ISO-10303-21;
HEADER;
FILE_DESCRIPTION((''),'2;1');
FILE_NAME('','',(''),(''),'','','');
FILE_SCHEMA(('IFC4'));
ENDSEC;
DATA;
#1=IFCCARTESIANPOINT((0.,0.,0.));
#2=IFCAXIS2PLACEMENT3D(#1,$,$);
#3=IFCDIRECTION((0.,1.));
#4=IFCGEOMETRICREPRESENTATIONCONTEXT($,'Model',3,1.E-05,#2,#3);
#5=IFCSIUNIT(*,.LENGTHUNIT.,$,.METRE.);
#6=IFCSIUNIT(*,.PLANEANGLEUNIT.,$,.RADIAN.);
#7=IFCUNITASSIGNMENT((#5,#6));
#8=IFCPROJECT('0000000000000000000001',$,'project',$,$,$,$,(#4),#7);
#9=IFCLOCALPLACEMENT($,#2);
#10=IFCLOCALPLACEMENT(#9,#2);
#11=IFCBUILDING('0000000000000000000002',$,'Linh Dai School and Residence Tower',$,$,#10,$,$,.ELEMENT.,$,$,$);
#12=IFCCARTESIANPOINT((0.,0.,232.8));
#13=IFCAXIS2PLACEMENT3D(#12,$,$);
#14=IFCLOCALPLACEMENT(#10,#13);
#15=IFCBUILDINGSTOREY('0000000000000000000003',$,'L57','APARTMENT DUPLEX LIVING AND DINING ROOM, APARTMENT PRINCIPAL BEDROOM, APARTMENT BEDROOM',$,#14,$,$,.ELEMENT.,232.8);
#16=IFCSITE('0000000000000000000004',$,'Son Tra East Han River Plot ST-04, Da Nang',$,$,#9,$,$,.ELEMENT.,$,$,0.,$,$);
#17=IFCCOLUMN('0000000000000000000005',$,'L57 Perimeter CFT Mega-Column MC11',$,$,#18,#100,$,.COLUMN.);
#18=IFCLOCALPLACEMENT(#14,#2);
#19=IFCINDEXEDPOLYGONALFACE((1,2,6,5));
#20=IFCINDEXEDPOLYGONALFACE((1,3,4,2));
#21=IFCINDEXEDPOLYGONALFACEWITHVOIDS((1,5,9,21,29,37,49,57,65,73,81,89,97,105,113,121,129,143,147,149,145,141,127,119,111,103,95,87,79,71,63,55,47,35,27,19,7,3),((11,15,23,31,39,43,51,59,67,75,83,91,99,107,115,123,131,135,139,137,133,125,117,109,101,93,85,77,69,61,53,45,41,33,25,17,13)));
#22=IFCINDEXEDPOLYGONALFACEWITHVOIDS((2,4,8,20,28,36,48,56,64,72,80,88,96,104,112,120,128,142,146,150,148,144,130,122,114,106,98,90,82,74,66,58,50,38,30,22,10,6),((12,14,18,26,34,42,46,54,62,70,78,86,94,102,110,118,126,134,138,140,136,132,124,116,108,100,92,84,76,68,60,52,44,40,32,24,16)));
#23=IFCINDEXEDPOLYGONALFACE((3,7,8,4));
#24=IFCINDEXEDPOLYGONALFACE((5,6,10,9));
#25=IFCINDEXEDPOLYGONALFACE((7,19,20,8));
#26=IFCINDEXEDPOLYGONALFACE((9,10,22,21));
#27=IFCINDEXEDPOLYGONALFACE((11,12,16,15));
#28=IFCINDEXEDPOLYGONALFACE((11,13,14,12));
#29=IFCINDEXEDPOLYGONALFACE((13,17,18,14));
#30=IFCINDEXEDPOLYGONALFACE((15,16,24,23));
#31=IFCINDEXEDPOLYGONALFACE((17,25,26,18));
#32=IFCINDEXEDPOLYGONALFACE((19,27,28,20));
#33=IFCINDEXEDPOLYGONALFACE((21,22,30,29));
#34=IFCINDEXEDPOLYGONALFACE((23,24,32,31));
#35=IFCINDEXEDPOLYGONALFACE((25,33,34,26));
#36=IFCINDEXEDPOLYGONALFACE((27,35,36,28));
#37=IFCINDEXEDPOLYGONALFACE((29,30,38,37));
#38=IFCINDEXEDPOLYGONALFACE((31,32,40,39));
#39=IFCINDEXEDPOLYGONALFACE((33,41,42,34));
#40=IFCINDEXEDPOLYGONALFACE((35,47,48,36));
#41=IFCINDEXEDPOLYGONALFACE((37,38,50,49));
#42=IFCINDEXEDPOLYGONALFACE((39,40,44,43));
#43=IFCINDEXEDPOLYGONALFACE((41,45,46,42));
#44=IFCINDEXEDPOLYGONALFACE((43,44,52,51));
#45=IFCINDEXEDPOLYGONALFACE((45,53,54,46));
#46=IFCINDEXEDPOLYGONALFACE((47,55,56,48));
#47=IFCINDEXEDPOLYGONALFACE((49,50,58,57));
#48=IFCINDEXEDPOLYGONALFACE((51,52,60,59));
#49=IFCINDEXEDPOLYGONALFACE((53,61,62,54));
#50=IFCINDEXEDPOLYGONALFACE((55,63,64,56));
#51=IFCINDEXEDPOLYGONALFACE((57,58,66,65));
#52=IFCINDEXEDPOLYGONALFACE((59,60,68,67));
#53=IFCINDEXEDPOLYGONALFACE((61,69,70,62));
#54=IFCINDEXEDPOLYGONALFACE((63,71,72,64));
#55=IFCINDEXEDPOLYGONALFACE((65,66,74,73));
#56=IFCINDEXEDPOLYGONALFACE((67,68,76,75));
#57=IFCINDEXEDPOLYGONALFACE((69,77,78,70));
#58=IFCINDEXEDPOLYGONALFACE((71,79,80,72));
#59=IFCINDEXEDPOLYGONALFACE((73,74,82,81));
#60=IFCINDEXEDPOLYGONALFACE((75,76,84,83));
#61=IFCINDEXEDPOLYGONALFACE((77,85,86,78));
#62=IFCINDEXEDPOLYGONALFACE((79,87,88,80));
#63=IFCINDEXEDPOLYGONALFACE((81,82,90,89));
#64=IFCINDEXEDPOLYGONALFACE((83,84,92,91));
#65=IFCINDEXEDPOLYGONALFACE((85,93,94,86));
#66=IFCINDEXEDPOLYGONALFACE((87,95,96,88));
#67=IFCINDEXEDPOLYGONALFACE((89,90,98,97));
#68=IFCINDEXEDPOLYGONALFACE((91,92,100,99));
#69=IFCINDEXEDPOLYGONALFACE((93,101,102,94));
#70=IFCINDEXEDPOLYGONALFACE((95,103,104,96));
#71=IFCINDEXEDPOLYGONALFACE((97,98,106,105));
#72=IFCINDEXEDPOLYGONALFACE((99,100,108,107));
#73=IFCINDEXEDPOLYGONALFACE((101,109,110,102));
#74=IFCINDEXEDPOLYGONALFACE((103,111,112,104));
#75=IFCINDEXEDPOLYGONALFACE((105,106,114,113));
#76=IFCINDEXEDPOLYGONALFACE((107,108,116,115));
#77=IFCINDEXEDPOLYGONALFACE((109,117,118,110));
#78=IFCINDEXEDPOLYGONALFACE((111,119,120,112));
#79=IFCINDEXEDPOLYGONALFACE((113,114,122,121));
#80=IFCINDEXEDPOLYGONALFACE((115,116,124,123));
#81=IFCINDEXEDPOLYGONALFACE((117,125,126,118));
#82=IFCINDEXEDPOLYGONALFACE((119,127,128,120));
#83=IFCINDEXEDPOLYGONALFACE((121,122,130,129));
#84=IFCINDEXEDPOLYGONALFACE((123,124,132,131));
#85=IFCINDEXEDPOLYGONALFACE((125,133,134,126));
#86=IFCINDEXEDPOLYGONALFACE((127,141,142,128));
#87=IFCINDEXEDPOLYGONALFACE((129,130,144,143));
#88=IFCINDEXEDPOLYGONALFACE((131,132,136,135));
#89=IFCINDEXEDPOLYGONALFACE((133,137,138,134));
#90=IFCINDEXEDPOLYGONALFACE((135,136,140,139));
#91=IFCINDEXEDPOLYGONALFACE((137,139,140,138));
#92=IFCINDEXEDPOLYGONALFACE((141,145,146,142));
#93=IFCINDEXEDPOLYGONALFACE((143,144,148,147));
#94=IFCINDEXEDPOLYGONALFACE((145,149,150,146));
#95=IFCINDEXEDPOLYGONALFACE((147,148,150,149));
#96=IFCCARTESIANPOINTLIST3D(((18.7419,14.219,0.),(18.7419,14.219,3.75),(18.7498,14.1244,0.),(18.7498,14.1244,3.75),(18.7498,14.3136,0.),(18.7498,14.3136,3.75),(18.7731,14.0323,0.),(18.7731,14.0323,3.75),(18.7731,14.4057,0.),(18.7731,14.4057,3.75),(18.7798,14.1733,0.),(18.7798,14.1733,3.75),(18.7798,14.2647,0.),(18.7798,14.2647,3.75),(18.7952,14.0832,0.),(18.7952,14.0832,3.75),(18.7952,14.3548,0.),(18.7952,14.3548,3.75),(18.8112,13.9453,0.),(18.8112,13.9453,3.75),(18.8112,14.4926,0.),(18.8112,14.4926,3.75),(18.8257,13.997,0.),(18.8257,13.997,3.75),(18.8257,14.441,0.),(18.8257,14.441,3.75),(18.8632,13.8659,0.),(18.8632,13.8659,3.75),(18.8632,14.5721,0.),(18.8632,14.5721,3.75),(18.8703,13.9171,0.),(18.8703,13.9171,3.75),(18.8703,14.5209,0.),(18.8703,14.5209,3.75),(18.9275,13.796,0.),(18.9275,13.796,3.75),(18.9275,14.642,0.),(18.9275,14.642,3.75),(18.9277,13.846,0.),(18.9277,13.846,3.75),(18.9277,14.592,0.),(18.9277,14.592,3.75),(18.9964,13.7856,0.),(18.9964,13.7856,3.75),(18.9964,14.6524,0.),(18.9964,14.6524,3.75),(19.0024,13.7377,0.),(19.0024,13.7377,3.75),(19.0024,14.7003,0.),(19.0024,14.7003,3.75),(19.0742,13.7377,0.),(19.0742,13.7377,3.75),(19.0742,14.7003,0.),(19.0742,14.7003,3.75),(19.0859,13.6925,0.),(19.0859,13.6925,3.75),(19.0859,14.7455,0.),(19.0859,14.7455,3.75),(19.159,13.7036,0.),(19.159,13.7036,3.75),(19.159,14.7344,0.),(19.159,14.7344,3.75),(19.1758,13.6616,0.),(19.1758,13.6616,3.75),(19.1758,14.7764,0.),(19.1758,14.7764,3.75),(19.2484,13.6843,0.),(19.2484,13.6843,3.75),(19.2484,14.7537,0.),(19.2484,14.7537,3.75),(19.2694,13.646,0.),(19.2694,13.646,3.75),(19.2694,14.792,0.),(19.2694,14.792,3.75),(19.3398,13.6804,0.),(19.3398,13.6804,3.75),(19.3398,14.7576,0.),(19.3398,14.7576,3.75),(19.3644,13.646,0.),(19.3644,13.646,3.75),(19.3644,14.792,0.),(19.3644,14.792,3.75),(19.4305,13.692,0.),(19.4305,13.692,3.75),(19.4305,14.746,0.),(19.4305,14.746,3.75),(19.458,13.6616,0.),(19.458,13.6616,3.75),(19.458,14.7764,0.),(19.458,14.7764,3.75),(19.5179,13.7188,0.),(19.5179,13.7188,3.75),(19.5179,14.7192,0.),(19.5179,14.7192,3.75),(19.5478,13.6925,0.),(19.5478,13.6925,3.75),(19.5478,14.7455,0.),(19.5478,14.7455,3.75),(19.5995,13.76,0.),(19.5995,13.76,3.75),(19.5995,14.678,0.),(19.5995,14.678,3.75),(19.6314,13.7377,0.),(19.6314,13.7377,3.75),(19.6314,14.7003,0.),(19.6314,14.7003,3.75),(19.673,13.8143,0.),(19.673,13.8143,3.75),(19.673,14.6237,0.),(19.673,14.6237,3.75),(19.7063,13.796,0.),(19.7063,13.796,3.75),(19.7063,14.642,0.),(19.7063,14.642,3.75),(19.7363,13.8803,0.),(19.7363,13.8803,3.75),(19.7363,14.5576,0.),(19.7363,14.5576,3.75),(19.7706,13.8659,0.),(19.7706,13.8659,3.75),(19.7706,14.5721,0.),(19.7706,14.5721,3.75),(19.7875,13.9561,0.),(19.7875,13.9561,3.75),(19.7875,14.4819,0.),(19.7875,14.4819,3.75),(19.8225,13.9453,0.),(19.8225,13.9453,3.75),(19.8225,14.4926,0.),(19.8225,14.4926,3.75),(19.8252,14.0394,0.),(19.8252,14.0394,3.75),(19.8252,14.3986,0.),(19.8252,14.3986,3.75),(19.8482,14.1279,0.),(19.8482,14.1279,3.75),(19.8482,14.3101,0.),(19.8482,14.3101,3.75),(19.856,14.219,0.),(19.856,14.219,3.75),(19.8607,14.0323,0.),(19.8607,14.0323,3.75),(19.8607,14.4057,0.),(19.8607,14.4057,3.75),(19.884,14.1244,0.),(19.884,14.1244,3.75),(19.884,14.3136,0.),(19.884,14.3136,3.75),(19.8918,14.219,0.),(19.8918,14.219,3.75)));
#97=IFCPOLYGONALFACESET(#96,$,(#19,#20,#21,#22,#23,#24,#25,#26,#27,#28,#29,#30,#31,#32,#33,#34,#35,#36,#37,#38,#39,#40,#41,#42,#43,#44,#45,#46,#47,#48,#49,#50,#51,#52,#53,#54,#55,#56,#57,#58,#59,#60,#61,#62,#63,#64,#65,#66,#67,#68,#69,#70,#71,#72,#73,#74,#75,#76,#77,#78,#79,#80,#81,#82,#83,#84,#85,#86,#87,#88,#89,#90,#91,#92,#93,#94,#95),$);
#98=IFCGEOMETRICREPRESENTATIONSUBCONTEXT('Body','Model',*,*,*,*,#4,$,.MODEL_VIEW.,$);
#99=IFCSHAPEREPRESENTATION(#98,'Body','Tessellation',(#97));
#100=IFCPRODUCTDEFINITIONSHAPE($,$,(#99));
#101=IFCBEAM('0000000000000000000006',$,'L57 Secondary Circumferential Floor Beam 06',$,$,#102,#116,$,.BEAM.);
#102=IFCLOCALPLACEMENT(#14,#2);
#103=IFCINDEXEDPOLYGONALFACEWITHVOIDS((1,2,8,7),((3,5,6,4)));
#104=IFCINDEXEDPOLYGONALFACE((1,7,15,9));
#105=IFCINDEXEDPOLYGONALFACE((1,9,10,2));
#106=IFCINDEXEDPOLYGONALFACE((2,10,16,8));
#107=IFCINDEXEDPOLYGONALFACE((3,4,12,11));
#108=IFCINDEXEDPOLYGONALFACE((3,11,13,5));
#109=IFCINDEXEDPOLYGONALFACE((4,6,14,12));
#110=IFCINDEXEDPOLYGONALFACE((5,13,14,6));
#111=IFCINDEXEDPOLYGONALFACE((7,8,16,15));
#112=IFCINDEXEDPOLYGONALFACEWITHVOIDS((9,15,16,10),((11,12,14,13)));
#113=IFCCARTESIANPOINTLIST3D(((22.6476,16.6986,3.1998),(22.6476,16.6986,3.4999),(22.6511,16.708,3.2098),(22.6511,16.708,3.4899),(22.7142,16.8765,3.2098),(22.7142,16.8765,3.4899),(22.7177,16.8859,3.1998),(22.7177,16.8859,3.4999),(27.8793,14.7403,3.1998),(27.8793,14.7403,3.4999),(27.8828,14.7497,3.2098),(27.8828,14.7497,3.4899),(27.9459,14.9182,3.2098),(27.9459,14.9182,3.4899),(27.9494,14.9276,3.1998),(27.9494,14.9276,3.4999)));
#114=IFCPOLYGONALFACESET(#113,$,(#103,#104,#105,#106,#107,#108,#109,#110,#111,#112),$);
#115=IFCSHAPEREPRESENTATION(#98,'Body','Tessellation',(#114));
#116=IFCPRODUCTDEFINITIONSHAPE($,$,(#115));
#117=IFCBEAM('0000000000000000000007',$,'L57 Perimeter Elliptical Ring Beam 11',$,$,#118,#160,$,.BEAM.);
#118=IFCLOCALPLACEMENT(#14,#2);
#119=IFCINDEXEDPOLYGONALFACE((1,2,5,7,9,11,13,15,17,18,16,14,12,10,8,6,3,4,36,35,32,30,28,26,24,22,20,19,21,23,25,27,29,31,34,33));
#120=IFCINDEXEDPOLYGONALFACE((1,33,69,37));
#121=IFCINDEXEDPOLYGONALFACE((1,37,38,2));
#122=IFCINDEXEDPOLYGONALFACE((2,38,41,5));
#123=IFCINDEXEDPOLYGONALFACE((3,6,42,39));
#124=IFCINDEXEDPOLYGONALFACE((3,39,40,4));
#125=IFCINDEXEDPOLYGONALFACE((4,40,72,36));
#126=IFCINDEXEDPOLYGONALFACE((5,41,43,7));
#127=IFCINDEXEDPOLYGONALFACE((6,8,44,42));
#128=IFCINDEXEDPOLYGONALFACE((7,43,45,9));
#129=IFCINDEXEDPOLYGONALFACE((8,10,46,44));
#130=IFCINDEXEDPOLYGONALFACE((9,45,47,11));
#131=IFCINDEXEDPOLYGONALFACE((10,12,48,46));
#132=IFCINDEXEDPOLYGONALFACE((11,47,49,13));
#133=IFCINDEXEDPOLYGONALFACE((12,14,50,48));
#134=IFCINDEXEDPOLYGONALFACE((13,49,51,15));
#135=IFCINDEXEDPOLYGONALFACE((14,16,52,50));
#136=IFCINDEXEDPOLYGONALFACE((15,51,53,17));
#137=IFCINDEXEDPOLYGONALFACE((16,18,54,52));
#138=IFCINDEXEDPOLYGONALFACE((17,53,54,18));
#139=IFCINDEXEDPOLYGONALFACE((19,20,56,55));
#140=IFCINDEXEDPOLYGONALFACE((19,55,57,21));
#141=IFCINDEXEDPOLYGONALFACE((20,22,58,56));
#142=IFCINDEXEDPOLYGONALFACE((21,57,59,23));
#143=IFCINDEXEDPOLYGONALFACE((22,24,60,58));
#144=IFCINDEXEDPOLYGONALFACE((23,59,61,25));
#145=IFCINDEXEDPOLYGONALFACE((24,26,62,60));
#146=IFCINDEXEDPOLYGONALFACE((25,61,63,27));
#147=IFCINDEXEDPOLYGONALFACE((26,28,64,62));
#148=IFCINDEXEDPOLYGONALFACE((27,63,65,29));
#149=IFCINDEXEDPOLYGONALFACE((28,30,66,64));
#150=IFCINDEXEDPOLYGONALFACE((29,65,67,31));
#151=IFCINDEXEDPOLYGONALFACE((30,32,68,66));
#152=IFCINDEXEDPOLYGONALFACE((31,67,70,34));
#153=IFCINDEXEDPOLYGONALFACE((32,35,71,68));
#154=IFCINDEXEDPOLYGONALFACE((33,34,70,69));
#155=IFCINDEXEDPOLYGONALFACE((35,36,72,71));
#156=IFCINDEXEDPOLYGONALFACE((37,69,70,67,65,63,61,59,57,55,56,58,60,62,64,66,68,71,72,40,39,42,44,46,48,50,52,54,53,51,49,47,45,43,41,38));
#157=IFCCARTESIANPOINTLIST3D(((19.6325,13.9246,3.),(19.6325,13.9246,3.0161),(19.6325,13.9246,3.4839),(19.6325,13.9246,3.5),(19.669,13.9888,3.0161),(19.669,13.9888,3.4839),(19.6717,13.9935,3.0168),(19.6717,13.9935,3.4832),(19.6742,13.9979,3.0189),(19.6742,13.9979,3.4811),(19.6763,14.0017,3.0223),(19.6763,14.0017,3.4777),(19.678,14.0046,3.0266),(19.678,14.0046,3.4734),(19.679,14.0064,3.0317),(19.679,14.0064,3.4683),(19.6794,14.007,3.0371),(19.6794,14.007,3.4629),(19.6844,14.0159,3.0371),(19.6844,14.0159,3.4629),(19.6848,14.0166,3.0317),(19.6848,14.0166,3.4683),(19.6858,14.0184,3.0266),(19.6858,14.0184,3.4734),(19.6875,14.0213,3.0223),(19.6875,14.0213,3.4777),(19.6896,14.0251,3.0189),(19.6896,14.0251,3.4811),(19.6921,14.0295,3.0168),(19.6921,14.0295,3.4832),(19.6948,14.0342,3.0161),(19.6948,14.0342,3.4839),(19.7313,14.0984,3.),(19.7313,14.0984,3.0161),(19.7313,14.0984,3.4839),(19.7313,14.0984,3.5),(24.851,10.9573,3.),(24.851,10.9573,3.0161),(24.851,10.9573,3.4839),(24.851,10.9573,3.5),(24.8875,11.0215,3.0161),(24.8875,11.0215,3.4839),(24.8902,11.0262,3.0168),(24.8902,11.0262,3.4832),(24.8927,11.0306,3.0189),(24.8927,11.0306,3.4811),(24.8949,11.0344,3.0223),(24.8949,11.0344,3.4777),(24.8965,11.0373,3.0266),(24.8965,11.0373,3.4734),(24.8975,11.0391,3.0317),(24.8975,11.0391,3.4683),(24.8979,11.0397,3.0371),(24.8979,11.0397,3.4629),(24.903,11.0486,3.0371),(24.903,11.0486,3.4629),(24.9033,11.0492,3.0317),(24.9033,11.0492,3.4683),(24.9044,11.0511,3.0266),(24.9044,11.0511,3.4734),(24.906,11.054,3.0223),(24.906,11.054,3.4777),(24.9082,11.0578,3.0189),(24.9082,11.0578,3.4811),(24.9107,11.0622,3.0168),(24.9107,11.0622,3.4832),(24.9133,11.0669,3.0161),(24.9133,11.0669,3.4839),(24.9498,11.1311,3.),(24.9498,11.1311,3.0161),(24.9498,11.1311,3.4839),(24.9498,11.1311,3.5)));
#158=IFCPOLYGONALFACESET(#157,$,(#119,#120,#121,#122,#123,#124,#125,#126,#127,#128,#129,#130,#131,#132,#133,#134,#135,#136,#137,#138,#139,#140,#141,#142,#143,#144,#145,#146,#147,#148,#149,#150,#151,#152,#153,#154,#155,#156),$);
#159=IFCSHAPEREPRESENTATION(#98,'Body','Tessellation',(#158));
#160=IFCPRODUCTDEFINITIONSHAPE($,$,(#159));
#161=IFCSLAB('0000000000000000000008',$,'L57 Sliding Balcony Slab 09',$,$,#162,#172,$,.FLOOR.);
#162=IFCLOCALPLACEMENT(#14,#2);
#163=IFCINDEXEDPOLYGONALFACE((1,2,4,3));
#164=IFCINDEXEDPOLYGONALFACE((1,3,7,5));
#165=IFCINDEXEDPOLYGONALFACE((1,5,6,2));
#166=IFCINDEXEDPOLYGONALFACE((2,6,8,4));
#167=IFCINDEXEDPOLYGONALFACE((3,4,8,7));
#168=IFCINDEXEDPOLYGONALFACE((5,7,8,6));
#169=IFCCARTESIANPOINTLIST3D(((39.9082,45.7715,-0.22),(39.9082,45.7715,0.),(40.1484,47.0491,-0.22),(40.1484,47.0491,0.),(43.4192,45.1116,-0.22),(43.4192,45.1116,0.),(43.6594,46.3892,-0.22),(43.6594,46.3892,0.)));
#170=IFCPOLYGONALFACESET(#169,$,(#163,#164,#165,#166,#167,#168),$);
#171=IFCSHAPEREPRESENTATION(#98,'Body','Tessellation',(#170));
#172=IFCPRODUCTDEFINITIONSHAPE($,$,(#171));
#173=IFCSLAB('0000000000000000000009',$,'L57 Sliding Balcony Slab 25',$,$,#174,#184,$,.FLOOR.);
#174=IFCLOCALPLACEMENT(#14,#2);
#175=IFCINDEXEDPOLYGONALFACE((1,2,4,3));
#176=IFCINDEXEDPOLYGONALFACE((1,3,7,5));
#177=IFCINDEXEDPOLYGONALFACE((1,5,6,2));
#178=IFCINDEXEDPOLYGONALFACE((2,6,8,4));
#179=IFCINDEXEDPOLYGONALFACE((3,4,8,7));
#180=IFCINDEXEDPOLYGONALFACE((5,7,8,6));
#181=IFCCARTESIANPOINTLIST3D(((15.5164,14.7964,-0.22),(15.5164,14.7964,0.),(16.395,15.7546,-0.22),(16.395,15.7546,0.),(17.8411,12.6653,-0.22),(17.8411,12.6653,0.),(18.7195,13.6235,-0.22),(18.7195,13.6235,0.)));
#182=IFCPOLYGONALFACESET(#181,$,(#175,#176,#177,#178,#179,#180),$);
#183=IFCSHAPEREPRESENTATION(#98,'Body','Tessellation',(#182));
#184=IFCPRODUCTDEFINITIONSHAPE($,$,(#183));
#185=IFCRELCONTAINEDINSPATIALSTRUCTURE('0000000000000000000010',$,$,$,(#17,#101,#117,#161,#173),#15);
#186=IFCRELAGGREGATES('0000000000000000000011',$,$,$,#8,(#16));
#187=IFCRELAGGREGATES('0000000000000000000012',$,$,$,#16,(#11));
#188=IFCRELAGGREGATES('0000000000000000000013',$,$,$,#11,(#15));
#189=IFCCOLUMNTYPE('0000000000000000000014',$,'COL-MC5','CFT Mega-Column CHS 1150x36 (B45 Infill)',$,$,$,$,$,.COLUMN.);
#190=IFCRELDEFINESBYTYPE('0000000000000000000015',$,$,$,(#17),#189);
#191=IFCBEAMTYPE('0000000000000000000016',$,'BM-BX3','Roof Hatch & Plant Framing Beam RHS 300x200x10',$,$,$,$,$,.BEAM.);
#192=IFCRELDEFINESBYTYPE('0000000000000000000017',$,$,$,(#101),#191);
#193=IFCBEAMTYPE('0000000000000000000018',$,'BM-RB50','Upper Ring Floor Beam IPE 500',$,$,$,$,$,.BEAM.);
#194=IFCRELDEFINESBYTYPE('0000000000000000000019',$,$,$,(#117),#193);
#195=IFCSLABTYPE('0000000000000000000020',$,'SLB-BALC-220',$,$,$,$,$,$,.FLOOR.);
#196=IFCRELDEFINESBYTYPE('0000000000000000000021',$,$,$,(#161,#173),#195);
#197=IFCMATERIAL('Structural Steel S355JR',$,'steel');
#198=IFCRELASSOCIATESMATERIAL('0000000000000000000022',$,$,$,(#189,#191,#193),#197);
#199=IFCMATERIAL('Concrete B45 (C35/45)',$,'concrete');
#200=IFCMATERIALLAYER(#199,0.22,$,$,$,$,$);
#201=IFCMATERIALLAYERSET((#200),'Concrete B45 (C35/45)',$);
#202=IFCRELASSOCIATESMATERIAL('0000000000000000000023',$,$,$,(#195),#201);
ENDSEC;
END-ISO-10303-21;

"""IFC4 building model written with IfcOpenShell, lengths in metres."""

from ifc_helpers import new_model, si_unit, direction, frame, origin, origin_2d, place, context, subcontext, project, spatial, polyline, hollow_rectangle, hollow_circle, i_section, outline, extrude, material, layer, layer_set, material_profile, profile_set, type_object, element, save


model = new_model("IFC4")

# Units and contexts
model_context = context("Model", 3, precision=1e-05, world=origin(), true_north=direction((0.0, 1.0)))
body_context = subcontext(model_context, "Body", "Model", "MODEL_VIEW")
ifc_project = project(units=[si_unit("LENGTHUNIT", "METRE"), si_unit("PLANEANGLEUNIT", "RADIAN")], contexts=[model_context])

# Site, building, storey
site_placement = place(None, origin())
site = spatial("IfcSite", under=ifc_project, at=site_placement, Name="Son Tra East Han River Plot ST-04, Da Nang", CompositionType="ELEMENT", RefElevation=0.0)
building_placement = place(site_placement, origin())
building = spatial("IfcBuilding", under=site, at=building_placement, Name="Linh Dai School and Residence Tower", CompositionType="ELEMENT")
storey_placement = place(building_placement, frame((0.0, 0.0, 232.8)))
storey = spatial("IfcBuildingStorey", under=building, at=storey_placement, Name="L57", Description="APARTMENT DUPLEX LIVING AND DINING ROOM, APARTMENT PRINCIPAL BEDROOM, APARTMENT BEDROOM", CompositionType="ELEMENT", Elevation=232.8)

# Column
ifc_material_1 = material(Name="Structural Steel S355JR", Category="steel")
ifc_material_profile_1 = material_profile(ifc_material_1, hollow_circle(Radius=0.575, WallThickness=0.0359, at=origin_2d()), Name="CHS 1150x36")
ifc_profile_set_1 = profile_set([ifc_material_profile_1], Name="Structural Steel S355JR")
column_type = type_object("IfcColumnType", Name="COL-MC5", Description="CFT Mega-Column CHS 1150x36 (B45 Infill)", PredefinedType="COLUMN", material=ifc_profile_set_1)
column_placement = place(storey_placement, frame((19.3169, 14.219, 0.0), z_axis=(0.0, 0.0, 1.0), x_axis=(1.0, 0.0, 0.0)))
element("IfcColumn", 1, at=column_placement, inside=storey, type_object=column_type, Name="L57 Perimeter CFT Mega-Column MC11", PredefinedType="COLUMN", context=body_context, shape_type="SweptSolid", body=[
    extrude(hollow_circle(Radius=0.575, WallThickness=0.0359, at=origin_2d()), origin(), (0.0, 0.0, 1.0), 3.75),
])

# Beams
ifc_material_profile_2 = material_profile(ifc_material_1, hollow_rectangle(XDim=0.2, YDim=0.3, WallThickness=0.01, at=origin_2d()), Name="RHS 300x200x10")
ifc_profile_set_2 = profile_set([ifc_material_profile_2], Name="Structural Steel S355JR")
beam_type_1 = type_object("IfcBeamType", Name="BM-BX3", Description="Roof Hatch & Plant Framing Beam RHS 300x200x10", PredefinedType="BEAM", material=ifc_profile_set_2)
beam_1_placement = place(storey_placement, frame((22.6826, 16.7922, 3.3499), z_axis=(0.936543, -0.350553, 0.0), x_axis=(0.350553, 0.936543, 0.0)))
element("IfcBeam", 2, at=beam_1_placement, inside=storey, type_object=beam_type_1, Name="L57 Secondary Circumferential Floor Beam 06", PredefinedType="BEAM", context=body_context, shape_type="SweptSolid", body=[
    extrude(hollow_rectangle(XDim=0.2, YDim=0.3, WallThickness=0.01, at=origin_2d()), origin(), (0.0, 0.0, 1.0), 5.5862),
])
ifc_material_profile_3 = material_profile(ifc_material_1, i_section(OverallWidth=0.2, OverallDepth=0.5, WebThickness=0.0103, FlangeThickness=0.0161, FilletRadius=0.021, at=origin_2d()), Name="IPE 500")
ifc_profile_set_3 = profile_set([ifc_material_profile_3], Name="Structural Steel S355JR")
beam_type_2 = type_object("IfcBeamType", Name="BM-RB50", Description="Upper Ring Floor Beam IPE 500", PredefinedType="BEAM", material=ifc_profile_set_3)
beam_2_placement = place(storey_placement, frame((19.6819, 14.0115, 3.25), z_axis=(0.869297, -0.49429, 0.0), x_axis=(0.49429, 0.869297, 0.0)))
element("IfcBeam", 3, at=beam_2_placement, inside=storey, type_object=beam_type_2, Name="L57 Perimeter Elliptical Ring Beam 11", PredefinedType="BEAM", context=body_context, shape_type="SweptSolid", body=[
    extrude(i_section(OverallWidth=0.2, OverallDepth=0.5, WebThickness=0.0103, FlangeThickness=0.0161, FilletRadius=0.021, at=origin_2d()), origin(), (0.0, 0.0, 1.0), 6.0032),
])

# Slabs
ifc_material_2 = material(Name="Concrete B45 (C35/45)", Category="concrete")
ifc_layer_1 = layer(ifc_material_2, 0.22)
ifc_layer_set_1 = layer_set([ifc_layer_1], Name="Concrete B45 (C35/45)")
slab_type_1 = type_object("IfcSlabType", Name="SLB-BALC-220", PredefinedType="FLOOR", material=ifc_layer_set_1)
slab_1_placement = place(storey_placement, frame((0.0, 0.0, -0.22)))
element("IfcSlab", 4, at=slab_1_placement, inside=storey, type_object=slab_type_1, Name="L57 Sliding Balcony Slab 09", PredefinedType="FLOOR", context=body_context, shape_type="SweptSolid", body=[
    extrude(outline(polyline([(39.9082, 45.7715), (43.4192, 45.1116), (43.6594, 46.3892), (40.1484, 47.0491), (39.9082, 45.7715)])), origin(), (0.0, 0.0, 1.0), 0.22),
])
slab_2_placement = place(storey_placement, frame((0.0, 0.0, -0.22)))
element("IfcSlab", 5, at=slab_2_placement, inside=storey, type_object=slab_type_1, Name="L57 Sliding Balcony Slab 25", PredefinedType="FLOOR", context=body_context, shape_type="SweptSolid", body=[
    extrude(outline(polyline([(18.7195, 13.6235), (16.395, 15.7546), (15.5164, 14.7964), (17.8411, 12.6653), (18.7195, 13.6235)])), origin(), (0.0, 0.0, 1.0), 0.22),
])

save(model, "model.ifc")
